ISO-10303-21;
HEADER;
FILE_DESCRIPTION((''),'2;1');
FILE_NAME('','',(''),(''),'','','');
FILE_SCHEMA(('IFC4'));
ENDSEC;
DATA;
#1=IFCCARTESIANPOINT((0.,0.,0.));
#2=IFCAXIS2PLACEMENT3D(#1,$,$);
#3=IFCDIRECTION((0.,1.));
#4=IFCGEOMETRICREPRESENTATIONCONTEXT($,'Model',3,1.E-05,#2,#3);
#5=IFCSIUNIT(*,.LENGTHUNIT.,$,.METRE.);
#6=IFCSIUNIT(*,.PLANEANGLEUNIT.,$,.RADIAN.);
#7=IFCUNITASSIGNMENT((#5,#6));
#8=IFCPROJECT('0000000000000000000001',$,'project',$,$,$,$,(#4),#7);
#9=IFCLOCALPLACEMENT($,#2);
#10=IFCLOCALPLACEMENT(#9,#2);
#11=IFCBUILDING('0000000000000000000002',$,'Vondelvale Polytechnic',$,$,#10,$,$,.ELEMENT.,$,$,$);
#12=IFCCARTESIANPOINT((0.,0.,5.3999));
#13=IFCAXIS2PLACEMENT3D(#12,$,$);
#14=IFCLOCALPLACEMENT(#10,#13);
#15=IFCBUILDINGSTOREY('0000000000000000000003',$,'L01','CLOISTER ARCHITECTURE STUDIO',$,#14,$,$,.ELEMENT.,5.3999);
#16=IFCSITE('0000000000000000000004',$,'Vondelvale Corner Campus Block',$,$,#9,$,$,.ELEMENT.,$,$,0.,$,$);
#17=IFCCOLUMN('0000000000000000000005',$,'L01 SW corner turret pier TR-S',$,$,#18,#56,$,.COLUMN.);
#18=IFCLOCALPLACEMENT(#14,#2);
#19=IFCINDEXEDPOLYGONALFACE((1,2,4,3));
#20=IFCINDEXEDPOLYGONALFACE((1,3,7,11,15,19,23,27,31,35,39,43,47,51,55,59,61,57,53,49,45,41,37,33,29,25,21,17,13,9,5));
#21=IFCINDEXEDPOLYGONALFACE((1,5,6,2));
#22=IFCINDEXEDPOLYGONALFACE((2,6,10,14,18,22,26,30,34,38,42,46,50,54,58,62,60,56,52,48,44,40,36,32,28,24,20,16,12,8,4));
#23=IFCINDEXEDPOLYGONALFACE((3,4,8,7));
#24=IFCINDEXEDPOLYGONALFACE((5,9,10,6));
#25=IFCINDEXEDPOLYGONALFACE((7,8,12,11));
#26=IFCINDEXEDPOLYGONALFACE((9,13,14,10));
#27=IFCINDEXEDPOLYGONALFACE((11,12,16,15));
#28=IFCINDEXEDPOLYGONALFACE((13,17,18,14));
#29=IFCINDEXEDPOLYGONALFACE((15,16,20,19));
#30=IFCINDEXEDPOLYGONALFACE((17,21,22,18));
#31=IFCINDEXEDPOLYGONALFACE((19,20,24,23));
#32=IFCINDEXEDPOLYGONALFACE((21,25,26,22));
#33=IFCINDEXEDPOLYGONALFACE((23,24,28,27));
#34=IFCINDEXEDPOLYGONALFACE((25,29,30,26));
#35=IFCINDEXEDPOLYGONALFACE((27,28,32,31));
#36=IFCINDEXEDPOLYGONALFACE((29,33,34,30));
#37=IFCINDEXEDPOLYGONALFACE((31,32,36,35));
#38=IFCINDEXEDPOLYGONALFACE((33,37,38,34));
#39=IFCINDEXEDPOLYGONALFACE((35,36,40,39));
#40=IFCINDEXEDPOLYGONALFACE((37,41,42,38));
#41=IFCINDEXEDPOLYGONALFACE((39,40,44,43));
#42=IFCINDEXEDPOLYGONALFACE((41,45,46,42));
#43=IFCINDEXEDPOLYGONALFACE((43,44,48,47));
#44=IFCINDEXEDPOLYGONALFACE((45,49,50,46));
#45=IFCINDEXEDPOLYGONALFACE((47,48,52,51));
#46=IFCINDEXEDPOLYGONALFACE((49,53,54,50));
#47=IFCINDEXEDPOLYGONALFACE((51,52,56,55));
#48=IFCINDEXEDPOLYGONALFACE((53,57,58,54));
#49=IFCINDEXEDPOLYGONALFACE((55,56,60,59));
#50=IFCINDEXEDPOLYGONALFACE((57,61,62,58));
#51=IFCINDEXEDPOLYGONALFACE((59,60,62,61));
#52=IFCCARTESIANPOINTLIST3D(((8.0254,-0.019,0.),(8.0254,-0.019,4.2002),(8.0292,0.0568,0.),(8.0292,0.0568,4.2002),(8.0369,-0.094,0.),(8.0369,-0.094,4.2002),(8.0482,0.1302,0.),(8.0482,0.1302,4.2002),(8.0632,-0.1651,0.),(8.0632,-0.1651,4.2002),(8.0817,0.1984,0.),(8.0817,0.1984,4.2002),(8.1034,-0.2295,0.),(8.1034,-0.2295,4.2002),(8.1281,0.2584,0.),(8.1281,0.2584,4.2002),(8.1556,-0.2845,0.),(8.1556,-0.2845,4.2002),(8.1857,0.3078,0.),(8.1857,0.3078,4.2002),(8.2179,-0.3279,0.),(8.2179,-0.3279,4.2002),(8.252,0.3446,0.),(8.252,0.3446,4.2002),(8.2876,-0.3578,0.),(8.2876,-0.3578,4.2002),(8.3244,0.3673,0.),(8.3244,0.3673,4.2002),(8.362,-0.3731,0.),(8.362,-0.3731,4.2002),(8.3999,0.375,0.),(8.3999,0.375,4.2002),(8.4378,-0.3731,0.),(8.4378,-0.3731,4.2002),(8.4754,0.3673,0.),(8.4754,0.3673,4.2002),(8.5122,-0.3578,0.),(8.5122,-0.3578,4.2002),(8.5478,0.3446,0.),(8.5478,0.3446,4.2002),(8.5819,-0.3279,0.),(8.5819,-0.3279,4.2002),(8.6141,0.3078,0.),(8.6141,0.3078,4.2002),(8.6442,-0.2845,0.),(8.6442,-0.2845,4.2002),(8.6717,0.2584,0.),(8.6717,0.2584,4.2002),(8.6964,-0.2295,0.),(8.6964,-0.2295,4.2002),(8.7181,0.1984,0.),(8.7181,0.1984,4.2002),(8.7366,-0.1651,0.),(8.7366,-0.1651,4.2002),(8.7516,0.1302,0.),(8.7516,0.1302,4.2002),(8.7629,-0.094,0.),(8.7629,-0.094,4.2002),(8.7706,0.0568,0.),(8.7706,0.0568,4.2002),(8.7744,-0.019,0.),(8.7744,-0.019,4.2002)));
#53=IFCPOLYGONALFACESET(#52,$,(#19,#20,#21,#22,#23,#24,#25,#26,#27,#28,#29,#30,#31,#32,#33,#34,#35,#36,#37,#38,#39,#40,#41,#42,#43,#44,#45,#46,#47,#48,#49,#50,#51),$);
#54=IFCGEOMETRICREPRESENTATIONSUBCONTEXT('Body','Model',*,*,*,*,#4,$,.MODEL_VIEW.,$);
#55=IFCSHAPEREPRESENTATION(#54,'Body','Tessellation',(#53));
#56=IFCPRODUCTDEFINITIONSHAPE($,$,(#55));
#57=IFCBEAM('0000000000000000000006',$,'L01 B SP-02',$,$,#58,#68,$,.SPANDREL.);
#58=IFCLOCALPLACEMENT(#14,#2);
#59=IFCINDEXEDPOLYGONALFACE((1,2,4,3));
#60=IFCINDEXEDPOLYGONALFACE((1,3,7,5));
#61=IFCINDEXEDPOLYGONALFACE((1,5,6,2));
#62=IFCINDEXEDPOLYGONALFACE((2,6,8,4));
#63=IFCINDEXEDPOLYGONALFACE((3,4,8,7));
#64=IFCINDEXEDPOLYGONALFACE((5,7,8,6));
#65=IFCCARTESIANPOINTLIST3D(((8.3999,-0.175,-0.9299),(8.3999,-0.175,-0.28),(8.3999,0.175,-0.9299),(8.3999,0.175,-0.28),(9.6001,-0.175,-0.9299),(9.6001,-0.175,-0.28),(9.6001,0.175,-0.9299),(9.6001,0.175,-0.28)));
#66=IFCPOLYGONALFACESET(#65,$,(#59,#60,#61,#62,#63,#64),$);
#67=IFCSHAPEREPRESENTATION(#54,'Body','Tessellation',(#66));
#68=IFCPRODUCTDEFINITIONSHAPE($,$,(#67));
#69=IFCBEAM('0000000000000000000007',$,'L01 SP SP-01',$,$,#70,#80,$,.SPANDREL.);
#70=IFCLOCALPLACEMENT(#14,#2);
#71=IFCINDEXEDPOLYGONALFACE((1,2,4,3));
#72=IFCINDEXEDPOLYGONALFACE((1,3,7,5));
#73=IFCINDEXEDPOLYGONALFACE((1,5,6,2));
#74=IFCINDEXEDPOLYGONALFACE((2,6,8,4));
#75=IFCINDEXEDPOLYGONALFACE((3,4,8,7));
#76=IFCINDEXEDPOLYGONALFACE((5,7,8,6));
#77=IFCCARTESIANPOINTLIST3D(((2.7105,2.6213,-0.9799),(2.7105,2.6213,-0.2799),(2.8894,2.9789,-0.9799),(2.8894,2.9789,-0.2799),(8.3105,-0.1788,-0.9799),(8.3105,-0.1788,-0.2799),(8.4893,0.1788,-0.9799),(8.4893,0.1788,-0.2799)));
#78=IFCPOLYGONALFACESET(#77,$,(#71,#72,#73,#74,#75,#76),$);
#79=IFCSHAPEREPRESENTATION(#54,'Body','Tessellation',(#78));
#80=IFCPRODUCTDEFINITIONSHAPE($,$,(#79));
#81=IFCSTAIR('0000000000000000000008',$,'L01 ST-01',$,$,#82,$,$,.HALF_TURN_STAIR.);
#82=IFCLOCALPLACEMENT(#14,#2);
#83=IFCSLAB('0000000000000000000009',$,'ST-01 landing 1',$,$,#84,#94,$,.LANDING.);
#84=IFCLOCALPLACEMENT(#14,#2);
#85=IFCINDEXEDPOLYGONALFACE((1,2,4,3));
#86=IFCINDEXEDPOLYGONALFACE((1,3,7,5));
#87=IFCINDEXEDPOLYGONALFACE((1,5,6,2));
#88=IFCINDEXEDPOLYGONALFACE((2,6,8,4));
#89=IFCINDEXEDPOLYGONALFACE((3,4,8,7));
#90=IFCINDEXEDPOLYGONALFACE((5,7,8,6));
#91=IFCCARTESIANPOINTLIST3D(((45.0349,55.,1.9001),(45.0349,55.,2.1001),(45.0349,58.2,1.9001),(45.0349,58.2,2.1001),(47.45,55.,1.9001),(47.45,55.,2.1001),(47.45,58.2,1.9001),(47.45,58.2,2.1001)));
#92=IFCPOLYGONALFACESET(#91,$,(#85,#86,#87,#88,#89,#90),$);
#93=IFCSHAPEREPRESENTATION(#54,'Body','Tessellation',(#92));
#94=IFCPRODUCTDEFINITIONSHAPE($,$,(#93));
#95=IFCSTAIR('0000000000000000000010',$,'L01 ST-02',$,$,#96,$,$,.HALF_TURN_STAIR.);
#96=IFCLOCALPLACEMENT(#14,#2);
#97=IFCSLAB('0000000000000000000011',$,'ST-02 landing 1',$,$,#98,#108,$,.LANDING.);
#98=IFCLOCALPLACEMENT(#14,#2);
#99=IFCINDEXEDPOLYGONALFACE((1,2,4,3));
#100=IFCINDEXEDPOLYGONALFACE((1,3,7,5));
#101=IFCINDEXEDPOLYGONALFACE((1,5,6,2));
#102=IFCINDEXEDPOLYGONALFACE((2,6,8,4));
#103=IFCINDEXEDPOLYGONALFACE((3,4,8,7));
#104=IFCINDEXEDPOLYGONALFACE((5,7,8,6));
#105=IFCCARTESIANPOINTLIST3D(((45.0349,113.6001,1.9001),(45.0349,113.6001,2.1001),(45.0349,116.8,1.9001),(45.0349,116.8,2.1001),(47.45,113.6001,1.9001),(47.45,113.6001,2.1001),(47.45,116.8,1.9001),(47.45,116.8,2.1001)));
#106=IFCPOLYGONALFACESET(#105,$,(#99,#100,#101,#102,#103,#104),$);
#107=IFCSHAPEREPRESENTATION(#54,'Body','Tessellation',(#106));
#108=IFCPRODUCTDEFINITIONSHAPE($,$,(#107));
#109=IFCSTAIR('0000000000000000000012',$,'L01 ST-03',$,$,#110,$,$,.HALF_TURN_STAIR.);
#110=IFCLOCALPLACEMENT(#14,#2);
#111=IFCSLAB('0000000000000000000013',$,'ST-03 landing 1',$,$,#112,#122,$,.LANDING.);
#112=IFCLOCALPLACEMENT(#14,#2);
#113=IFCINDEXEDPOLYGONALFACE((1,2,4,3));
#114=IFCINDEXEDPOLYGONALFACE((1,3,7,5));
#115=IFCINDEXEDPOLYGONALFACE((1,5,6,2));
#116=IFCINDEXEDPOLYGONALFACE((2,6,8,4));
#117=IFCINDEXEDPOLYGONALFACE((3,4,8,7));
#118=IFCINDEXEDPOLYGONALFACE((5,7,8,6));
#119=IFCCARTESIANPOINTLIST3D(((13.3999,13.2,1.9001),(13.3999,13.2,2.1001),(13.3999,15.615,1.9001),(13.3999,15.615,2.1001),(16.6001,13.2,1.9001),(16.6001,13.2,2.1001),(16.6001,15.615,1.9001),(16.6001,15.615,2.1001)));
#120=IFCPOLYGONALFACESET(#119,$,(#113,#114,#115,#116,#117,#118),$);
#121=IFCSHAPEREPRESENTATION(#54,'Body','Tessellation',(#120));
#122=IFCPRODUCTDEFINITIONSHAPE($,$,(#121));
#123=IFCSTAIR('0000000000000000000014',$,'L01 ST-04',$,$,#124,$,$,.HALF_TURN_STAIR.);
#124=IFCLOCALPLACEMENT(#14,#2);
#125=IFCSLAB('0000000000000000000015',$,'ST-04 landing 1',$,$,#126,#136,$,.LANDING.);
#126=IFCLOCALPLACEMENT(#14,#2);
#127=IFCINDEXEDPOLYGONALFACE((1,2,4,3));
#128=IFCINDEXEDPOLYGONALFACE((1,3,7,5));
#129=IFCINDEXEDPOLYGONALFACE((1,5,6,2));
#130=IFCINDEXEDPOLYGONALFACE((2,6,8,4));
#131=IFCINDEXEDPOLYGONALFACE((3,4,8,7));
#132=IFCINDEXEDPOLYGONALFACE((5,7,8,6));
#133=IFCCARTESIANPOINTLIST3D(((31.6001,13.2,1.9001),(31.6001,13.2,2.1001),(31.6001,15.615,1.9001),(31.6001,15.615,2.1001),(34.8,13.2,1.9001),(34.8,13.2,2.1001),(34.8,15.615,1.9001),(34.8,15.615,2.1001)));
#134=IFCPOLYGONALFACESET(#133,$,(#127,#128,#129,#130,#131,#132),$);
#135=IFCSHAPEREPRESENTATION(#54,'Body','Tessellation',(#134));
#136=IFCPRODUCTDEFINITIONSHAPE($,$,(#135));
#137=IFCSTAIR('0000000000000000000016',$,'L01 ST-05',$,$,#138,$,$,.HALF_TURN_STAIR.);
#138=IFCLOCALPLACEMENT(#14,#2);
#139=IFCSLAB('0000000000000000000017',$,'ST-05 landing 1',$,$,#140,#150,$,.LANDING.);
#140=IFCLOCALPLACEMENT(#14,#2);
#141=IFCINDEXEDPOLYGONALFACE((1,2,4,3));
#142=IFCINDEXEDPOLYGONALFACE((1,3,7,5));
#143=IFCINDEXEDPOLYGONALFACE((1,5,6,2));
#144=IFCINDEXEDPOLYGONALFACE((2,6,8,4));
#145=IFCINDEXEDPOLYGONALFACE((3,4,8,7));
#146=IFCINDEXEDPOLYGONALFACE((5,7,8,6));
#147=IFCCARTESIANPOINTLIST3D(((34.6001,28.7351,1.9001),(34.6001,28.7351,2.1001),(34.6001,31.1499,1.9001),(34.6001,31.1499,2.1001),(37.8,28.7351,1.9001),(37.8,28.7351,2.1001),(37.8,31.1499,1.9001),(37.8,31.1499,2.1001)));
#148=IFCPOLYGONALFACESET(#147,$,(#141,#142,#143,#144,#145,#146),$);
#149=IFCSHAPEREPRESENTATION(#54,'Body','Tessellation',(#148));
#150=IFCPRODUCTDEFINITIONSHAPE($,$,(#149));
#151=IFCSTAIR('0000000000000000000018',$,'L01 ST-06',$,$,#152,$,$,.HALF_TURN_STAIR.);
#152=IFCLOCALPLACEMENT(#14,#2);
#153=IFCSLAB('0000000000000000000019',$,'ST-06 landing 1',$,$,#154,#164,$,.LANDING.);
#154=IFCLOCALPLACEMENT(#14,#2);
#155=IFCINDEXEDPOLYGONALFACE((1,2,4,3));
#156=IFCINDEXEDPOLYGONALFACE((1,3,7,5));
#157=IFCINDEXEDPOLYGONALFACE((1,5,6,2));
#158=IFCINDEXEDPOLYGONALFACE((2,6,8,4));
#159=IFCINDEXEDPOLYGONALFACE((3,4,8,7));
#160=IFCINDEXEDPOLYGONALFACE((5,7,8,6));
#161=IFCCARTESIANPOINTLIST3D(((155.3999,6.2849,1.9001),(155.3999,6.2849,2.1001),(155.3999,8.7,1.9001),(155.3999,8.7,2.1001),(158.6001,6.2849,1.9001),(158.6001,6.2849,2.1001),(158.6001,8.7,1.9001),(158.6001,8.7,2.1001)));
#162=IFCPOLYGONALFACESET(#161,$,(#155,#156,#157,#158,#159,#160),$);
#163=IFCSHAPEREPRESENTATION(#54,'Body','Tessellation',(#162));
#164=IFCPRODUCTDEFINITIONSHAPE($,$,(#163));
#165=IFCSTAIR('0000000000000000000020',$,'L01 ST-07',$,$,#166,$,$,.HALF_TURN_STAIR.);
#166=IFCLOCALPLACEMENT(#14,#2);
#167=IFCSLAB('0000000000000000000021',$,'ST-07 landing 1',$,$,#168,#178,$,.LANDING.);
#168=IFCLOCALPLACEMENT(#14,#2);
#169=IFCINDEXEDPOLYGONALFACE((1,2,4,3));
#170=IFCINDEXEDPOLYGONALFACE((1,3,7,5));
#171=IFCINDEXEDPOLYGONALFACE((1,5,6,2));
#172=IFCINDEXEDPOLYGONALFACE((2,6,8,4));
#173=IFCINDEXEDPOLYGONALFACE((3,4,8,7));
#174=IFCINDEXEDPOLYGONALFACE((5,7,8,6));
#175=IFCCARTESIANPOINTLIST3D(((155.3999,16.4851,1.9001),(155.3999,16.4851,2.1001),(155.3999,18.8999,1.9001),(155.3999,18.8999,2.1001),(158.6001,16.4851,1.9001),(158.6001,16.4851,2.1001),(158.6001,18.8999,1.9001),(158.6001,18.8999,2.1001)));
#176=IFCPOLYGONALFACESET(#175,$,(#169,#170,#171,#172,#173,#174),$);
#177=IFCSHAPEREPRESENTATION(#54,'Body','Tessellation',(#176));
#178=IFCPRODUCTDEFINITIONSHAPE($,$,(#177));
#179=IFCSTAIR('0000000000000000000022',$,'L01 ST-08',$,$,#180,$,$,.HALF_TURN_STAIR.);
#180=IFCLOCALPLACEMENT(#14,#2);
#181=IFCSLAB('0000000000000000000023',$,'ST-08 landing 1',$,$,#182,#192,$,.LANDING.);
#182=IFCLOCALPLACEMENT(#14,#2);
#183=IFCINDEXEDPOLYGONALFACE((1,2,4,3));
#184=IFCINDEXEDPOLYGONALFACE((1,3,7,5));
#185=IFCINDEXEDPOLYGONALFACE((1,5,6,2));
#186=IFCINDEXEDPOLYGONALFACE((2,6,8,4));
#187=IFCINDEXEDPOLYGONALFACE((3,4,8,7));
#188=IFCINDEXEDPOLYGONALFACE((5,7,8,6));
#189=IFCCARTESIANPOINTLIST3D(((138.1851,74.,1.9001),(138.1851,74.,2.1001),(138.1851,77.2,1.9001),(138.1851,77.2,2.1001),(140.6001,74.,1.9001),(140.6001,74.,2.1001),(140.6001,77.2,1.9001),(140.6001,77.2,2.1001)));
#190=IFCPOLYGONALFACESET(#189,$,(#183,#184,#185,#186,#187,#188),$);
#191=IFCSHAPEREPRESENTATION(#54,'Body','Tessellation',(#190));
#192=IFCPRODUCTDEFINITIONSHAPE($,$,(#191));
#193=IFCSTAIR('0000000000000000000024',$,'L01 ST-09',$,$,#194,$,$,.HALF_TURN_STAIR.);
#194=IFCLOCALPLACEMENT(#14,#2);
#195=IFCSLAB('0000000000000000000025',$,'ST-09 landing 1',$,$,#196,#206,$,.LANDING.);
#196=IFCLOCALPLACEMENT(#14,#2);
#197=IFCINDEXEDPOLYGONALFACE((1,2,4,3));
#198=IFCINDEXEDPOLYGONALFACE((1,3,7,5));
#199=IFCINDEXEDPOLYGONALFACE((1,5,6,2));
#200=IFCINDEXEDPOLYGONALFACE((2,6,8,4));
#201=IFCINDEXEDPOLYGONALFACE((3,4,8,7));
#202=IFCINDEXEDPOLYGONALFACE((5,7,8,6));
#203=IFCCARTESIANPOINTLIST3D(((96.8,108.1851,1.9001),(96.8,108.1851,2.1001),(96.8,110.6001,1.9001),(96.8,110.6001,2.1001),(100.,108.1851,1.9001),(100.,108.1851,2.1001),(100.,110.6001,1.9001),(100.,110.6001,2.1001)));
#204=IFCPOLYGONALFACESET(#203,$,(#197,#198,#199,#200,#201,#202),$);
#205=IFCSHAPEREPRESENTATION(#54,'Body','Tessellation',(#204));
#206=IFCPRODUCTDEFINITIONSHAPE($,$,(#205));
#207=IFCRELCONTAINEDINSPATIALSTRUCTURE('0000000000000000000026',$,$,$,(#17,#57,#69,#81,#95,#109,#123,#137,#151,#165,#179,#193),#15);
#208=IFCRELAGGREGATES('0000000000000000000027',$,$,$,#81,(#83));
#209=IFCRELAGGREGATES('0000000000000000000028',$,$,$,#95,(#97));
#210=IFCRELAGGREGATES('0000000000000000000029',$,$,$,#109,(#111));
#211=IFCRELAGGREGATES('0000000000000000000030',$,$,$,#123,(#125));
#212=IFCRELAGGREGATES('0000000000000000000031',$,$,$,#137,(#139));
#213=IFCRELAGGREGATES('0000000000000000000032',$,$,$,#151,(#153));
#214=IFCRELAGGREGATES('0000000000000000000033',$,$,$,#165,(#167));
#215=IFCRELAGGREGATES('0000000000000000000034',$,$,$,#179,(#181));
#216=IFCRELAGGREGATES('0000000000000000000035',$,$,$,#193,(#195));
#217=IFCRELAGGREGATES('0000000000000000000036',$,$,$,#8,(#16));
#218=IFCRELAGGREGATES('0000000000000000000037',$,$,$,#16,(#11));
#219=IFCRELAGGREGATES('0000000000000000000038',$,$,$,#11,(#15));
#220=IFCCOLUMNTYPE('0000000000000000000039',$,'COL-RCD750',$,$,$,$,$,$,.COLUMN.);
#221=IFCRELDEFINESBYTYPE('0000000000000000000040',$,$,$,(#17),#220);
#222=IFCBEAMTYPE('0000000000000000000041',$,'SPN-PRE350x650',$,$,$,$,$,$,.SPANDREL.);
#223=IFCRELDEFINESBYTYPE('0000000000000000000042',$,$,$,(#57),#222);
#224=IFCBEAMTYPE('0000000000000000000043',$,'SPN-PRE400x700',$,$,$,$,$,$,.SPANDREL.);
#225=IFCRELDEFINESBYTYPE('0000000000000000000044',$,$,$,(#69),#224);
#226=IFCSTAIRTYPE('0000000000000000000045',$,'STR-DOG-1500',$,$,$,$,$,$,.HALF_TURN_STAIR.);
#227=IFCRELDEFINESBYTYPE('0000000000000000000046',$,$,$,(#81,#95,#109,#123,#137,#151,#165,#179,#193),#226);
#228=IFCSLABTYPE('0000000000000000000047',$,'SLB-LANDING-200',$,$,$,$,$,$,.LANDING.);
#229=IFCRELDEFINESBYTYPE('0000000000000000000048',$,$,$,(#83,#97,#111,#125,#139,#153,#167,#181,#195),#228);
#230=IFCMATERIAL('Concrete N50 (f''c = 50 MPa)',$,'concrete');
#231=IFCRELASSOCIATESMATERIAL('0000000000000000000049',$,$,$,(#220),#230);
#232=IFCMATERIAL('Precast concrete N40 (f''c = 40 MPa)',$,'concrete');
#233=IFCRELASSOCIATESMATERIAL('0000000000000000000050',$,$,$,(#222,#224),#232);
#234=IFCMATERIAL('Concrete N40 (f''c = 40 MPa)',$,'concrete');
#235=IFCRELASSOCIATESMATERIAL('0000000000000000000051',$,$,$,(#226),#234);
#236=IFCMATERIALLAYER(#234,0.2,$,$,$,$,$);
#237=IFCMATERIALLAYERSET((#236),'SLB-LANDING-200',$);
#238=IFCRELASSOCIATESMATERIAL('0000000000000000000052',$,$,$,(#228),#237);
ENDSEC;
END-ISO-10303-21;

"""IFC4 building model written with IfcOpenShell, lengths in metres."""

from ifc_helpers import new_model, si_unit, direction, frame, origin, origin_2d, place, context, subcontext, project, spatial, polyline, rectangle, circle, outline, extrude, material, layer, layer_set, material_profile, profile_set, type_object, element, aggregate, save


model = new_model("IFC4")

# Units and contexts
model_context = context("Model", 3, precision=1e-05, world=origin(), true_north=direction((0.0, 1.0)))
body_context = subcontext(model_context, "Body", "Model", "MODEL_VIEW")
ifc_project = project(units=[si_unit("LENGTHUNIT", "METRE"), si_unit("PLANEANGLEUNIT", "RADIAN")], contexts=[model_context])

# Site, building, storey
site_placement = place(None, origin())
site = spatial("IfcSite", under=ifc_project, at=site_placement, Name="Vondelvale Corner Campus Block", CompositionType="ELEMENT", RefElevation=0.0)
building_placement = place(site_placement, origin())
building = spatial("IfcBuilding", under=site, at=building_placement, Name="Vondelvale Polytechnic", CompositionType="ELEMENT")
storey_placement = place(building_placement, frame((0.0, 0.0, 5.3999)))
storey = spatial("IfcBuildingStorey", under=building, at=storey_placement, Name="L01", Description="CLOISTER ARCHITECTURE STUDIO", CompositionType="ELEMENT", Elevation=5.3999)

# Column
ifc_material_1 = material(Name="Concrete N50 (f'c = 50 MPa)", Category="concrete")
ifc_material_profile_1 = material_profile(ifc_material_1, circle(Radius=0.375, at=origin_2d()), Name="RC-COL-D750")
ifc_profile_set_1 = profile_set([ifc_material_profile_1], Name="Concrete N50 (f'c = 50 MPa)")
column_type = type_object("IfcColumnType", Name="COL-RCD750", PredefinedType="COLUMN", material=ifc_profile_set_1)
column_placement = place(storey_placement, frame((8.3999, 0.0, 0.0), z_axis=(0.0, 0.0, 1.0), x_axis=(0.0, 1.0, 0.0)))
element("IfcColumn", 1, at=column_placement, inside=storey, type_object=column_type, Name="L01 SW corner turret pier TR-S", PredefinedType="COLUMN", context=body_context, shape_type="SweptSolid", body=[
    extrude(circle(Radius=0.375, at=origin_2d()), origin(), (0.0, 0.0, 1.0), 4.2002),
])

# Beams
ifc_material_2 = material(Name="Precast concrete N40 (f'c = 40 MPa)", Category="concrete")
ifc_material_profile_2 = material_profile(ifc_material_2, rectangle(XDim=0.3501, YDim=0.6499, at=origin_2d()), Name="RC-SPN-350x650")
ifc_profile_set_2 = profile_set([ifc_material_profile_2], Name="Precast concrete N40 (f'c = 40 MPa)")
beam_type_1 = type_object("IfcBeamType", Name="SPN-PRE350x650", PredefinedType="SPANDREL", material=ifc_profile_set_2)
beam_1_placement = place(storey_placement, frame((8.3999, 0.0, -0.605), z_axis=(1.0, 0.0, 0.0), x_axis=(0.0, 1.0, 0.0)))
element("IfcBeam", 2, at=beam_1_placement, inside=storey, type_object=beam_type_1, Name="L01 B SP-02", PredefinedType="SPANDREL", context=body_context, shape_type="SweptSolid", body=[
    extrude(rectangle(XDim=0.3501, YDim=0.6499, at=origin_2d()), origin(), (0.0, 0.0, 1.0), 1.2002),
])
ifc_material_profile_3 = material_profile(ifc_material_2, rectangle(XDim=0.3999, YDim=0.7, at=origin_2d()), Name="RC-SPN-400x700")
ifc_profile_set_3 = profile_set([ifc_material_profile_3], Name="Precast concrete N40 (f'c = 40 MPa)")
beam_type_2 = type_object("IfcBeamType", Name="SPN-PRE400x700", PredefinedType="SPANDREL", material=ifc_profile_set_3)
beam_2_placement = place(storey_placement, frame((8.3999, 0.0, -0.6299), z_axis=(-0.894419, 0.447229, 0.0), x_axis=(-0.447229, -0.894419, 0.0)))
element("IfcBeam", 3, at=beam_2_placement, inside=storey, type_object=beam_type_2, Name="L01 SP SP-01", PredefinedType="SPANDREL", context=body_context, shape_type="SweptSolid", body=[
    extrude(rectangle(XDim=0.3999, YDim=0.7, at=origin_2d()), origin(), (0.0, 0.0, 1.0), 6.261),
])

# Stairs, slabs
ifc_material_3 = material(Name="Concrete N40 (f'c = 40 MPa)", Category="concrete")
stair_type = type_object("IfcStairType", Name="STR-DOG-1500", PredefinedType="HALF_TURN_STAIR", material=ifc_material_3)
stair_1_placement = place(storey_placement, origin())
stair_1 = element("IfcStair", 4, at=stair_1_placement, inside=storey, type_object=stair_type, Name="L01 ST-01", PredefinedType="HALF_TURN_STAIR")
ifc_layer_1 = layer(ifc_material_3, 0.2)
ifc_layer_set_1 = layer_set([ifc_layer_1], Name="SLB-LANDING-200")
slab_type_1 = type_object("IfcSlabType", Name="SLB-LANDING-200", PredefinedType="LANDING", material=ifc_layer_set_1)
slab_1_placement = place(storey_placement, frame((0.0, 0.0, 1.9001)))
slab_1 = element("IfcSlab", 5, at=slab_1_placement, type_object=slab_type_1, Name="ST-01 landing 1", PredefinedType="LANDING", context=body_context, shape_type="SweptSolid", body=[
    extrude(outline(polyline([(45.0349, 55.0), (47.45, 55.0), (47.45, 58.2), (45.0349, 58.2), (45.0349, 55.0)])), origin(), (0.0, 0.0, 1.0), 0.2),
])
aggregate(stair_1, [slab_1])
stair_2_placement = place(storey_placement, origin())
stair_2 = element("IfcStair", 6, at=stair_2_placement, inside=storey, type_object=stair_type, Name="L01 ST-02", PredefinedType="HALF_TURN_STAIR")
slab_2_placement = place(storey_placement, frame((0.0, 0.0, 1.9001)))
slab_2 = element("IfcSlab", 7, at=slab_2_placement, type_object=slab_type_1, Name="ST-02 landing 1", PredefinedType="LANDING", context=body_context, shape_type="SweptSolid", body=[
    extrude(outline(polyline([(45.0349, 113.6001), (47.45, 113.6001), (47.45, 116.8), (45.0349, 116.8), (45.0349, 113.6001)])), origin(), (0.0, 0.0, 1.0), 0.2),
])
aggregate(stair_2, [slab_2])
stair_3_placement = place(storey_placement, origin())
stair_3 = element("IfcStair", 8, at=stair_3_placement, inside=storey, type_object=stair_type, Name="L01 ST-03", PredefinedType="HALF_TURN_STAIR")
slab_3_placement = place(storey_placement, frame((0.0, 0.0, 1.9001)))
slab_3 = element("IfcSlab", 9, at=slab_3_placement, type_object=slab_type_1, Name="ST-03 landing 1", PredefinedType="LANDING", context=body_context, shape_type="SweptSolid", body=[
    extrude(outline(polyline([(13.3999, 15.615), (13.3999, 13.2), (16.6001, 13.2), (16.6001, 15.615), (13.3999, 15.615)])), origin(), (0.0, 0.0, 1.0), 0.2),
])
aggregate(stair_3, [slab_3])
stair_4_placement = place(storey_placement, origin())
stair_4 = element("IfcStair", 10, at=stair_4_placement, inside=storey, type_object=stair_type, Name="L01 ST-04", PredefinedType="HALF_TURN_STAIR")
slab_4_placement = place(storey_placement, frame((0.0, 0.0, 1.9001)))
slab_4 = element("IfcSlab", 11, at=slab_4_placement, type_object=slab_type_1, Name="ST-04 landing 1", PredefinedType="LANDING", context=body_context, shape_type="SweptSolid", body=[
    extrude(outline(polyline([(31.6001, 15.615), (31.6001, 13.2), (34.8, 13.2), (34.8, 15.615), (31.6001, 15.615)])), origin(), (0.0, 0.0, 1.0), 0.2),
])
aggregate(stair_4, [slab_4])
stair_5_placement = place(storey_placement, origin())
stair_5 = element("IfcStair", 12, at=stair_5_placement, inside=storey, type_object=stair_type, Name="L01 ST-05", PredefinedType="HALF_TURN_STAIR")
slab_5_placement = place(storey_placement, frame((0.0, 0.0, 1.9001)))
slab_5 = element("IfcSlab", 13, at=slab_5_placement, type_object=slab_type_1, Name="ST-05 landing 1", PredefinedType="LANDING", context=body_context, shape_type="SweptSolid", body=[
    extrude(outline(polyline([(37.8, 28.7351), (37.8, 31.1499), (34.6001, 31.1499), (34.6001, 28.7351), (37.8, 28.7351)])), origin(), (0.0, 0.0, 1.0), 0.2),
])
aggregate(stair_5, [slab_5])
stair_6_placement = place(storey_placement, origin())
stair_6 = element("IfcStair", 14, at=stair_6_placement, inside=storey, type_object=stair_type, Name="L01 ST-06", PredefinedType="HALF_TURN_STAIR")
slab_6_placement = place(storey_placement, frame((0.0, 0.0, 1.9001)))
slab_6 = element("IfcSlab", 15, at=slab_6_placement, type_object=slab_type_1, Name="ST-06 landing 1", PredefinedType="LANDING", context=body_context, shape_type="SweptSolid", body=[
    extrude(outline(polyline([(158.6001, 6.2849), (158.6001, 8.7), (155.3999, 8.7), (155.3999, 6.2849), (158.6001, 6.2849)])), origin(), (0.0, 0.0, 1.0), 0.2),
])
aggregate(stair_6, [slab_6])
stair_7_placement = place(storey_placement, origin())
stair_7 = element("IfcStair", 16, at=stair_7_placement, inside=storey, type_object=stair_type, Name="L01 ST-07", PredefinedType="HALF_TURN_STAIR")
slab_7_placement = place(storey_placement, frame((0.0, 0.0, 1.9001)))
slab_7 = element("IfcSlab", 17, at=slab_7_placement, type_object=slab_type_1, Name="ST-07 landing 1", PredefinedType="LANDING", context=body_context, shape_type="SweptSolid", body=[
    extrude(outline(polyline([(158.6001, 16.4851), (158.6001, 18.8999), (155.3999, 18.8999), (155.3999, 16.4851), (158.6001, 16.4851)])), origin(), (0.0, 0.0, 1.0), 0.2),
])
aggregate(stair_7, [slab_7])
stair_8_placement = place(storey_placement, origin())
stair_8 = element("IfcStair", 18, at=stair_8_placement, inside=storey, type_object=stair_type, Name="L01 ST-08", PredefinedType="HALF_TURN_STAIR")
slab_8_placement = place(storey_placement, frame((0.0, 0.0, 1.9001)))
slab_8 = element("IfcSlab", 19, at=slab_8_placement, type_object=slab_type_1, Name="ST-08 landing 1", PredefinedType="LANDING", context=body_context, shape_type="SweptSolid", body=[
    extrude(outline(polyline([(138.1851, 74.0), (140.6001, 74.0), (140.6001, 77.2), (138.1851, 77.2), (138.1851, 74.0)])), origin(), (0.0, 0.0, 1.0), 0.2),
])
aggregate(stair_8, [slab_8])
stair_9_placement = place(storey_placement, origin())
stair_9 = element("IfcStair", 20, at=stair_9_placement, inside=storey, type_object=stair_type, Name="L01 ST-09", PredefinedType="HALF_TURN_STAIR")
slab_9_placement = place(storey_placement, frame((0.0, 0.0, 1.9001)))
slab_9 = element("IfcSlab", 21, at=slab_9_placement, type_object=slab_type_1, Name="ST-09 landing 1", PredefinedType="LANDING", context=body_context, shape_type="SweptSolid", body=[
    extrude(outline(polyline([(100.0, 108.1851), (100.0, 110.6001), (96.8, 110.6001), (96.8, 108.1851), (100.0, 108.1851)])), origin(), (0.0, 0.0, 1.0), 0.2),
])
aggregate(stair_9, [slab_9])

save(model, "model.ifc")
